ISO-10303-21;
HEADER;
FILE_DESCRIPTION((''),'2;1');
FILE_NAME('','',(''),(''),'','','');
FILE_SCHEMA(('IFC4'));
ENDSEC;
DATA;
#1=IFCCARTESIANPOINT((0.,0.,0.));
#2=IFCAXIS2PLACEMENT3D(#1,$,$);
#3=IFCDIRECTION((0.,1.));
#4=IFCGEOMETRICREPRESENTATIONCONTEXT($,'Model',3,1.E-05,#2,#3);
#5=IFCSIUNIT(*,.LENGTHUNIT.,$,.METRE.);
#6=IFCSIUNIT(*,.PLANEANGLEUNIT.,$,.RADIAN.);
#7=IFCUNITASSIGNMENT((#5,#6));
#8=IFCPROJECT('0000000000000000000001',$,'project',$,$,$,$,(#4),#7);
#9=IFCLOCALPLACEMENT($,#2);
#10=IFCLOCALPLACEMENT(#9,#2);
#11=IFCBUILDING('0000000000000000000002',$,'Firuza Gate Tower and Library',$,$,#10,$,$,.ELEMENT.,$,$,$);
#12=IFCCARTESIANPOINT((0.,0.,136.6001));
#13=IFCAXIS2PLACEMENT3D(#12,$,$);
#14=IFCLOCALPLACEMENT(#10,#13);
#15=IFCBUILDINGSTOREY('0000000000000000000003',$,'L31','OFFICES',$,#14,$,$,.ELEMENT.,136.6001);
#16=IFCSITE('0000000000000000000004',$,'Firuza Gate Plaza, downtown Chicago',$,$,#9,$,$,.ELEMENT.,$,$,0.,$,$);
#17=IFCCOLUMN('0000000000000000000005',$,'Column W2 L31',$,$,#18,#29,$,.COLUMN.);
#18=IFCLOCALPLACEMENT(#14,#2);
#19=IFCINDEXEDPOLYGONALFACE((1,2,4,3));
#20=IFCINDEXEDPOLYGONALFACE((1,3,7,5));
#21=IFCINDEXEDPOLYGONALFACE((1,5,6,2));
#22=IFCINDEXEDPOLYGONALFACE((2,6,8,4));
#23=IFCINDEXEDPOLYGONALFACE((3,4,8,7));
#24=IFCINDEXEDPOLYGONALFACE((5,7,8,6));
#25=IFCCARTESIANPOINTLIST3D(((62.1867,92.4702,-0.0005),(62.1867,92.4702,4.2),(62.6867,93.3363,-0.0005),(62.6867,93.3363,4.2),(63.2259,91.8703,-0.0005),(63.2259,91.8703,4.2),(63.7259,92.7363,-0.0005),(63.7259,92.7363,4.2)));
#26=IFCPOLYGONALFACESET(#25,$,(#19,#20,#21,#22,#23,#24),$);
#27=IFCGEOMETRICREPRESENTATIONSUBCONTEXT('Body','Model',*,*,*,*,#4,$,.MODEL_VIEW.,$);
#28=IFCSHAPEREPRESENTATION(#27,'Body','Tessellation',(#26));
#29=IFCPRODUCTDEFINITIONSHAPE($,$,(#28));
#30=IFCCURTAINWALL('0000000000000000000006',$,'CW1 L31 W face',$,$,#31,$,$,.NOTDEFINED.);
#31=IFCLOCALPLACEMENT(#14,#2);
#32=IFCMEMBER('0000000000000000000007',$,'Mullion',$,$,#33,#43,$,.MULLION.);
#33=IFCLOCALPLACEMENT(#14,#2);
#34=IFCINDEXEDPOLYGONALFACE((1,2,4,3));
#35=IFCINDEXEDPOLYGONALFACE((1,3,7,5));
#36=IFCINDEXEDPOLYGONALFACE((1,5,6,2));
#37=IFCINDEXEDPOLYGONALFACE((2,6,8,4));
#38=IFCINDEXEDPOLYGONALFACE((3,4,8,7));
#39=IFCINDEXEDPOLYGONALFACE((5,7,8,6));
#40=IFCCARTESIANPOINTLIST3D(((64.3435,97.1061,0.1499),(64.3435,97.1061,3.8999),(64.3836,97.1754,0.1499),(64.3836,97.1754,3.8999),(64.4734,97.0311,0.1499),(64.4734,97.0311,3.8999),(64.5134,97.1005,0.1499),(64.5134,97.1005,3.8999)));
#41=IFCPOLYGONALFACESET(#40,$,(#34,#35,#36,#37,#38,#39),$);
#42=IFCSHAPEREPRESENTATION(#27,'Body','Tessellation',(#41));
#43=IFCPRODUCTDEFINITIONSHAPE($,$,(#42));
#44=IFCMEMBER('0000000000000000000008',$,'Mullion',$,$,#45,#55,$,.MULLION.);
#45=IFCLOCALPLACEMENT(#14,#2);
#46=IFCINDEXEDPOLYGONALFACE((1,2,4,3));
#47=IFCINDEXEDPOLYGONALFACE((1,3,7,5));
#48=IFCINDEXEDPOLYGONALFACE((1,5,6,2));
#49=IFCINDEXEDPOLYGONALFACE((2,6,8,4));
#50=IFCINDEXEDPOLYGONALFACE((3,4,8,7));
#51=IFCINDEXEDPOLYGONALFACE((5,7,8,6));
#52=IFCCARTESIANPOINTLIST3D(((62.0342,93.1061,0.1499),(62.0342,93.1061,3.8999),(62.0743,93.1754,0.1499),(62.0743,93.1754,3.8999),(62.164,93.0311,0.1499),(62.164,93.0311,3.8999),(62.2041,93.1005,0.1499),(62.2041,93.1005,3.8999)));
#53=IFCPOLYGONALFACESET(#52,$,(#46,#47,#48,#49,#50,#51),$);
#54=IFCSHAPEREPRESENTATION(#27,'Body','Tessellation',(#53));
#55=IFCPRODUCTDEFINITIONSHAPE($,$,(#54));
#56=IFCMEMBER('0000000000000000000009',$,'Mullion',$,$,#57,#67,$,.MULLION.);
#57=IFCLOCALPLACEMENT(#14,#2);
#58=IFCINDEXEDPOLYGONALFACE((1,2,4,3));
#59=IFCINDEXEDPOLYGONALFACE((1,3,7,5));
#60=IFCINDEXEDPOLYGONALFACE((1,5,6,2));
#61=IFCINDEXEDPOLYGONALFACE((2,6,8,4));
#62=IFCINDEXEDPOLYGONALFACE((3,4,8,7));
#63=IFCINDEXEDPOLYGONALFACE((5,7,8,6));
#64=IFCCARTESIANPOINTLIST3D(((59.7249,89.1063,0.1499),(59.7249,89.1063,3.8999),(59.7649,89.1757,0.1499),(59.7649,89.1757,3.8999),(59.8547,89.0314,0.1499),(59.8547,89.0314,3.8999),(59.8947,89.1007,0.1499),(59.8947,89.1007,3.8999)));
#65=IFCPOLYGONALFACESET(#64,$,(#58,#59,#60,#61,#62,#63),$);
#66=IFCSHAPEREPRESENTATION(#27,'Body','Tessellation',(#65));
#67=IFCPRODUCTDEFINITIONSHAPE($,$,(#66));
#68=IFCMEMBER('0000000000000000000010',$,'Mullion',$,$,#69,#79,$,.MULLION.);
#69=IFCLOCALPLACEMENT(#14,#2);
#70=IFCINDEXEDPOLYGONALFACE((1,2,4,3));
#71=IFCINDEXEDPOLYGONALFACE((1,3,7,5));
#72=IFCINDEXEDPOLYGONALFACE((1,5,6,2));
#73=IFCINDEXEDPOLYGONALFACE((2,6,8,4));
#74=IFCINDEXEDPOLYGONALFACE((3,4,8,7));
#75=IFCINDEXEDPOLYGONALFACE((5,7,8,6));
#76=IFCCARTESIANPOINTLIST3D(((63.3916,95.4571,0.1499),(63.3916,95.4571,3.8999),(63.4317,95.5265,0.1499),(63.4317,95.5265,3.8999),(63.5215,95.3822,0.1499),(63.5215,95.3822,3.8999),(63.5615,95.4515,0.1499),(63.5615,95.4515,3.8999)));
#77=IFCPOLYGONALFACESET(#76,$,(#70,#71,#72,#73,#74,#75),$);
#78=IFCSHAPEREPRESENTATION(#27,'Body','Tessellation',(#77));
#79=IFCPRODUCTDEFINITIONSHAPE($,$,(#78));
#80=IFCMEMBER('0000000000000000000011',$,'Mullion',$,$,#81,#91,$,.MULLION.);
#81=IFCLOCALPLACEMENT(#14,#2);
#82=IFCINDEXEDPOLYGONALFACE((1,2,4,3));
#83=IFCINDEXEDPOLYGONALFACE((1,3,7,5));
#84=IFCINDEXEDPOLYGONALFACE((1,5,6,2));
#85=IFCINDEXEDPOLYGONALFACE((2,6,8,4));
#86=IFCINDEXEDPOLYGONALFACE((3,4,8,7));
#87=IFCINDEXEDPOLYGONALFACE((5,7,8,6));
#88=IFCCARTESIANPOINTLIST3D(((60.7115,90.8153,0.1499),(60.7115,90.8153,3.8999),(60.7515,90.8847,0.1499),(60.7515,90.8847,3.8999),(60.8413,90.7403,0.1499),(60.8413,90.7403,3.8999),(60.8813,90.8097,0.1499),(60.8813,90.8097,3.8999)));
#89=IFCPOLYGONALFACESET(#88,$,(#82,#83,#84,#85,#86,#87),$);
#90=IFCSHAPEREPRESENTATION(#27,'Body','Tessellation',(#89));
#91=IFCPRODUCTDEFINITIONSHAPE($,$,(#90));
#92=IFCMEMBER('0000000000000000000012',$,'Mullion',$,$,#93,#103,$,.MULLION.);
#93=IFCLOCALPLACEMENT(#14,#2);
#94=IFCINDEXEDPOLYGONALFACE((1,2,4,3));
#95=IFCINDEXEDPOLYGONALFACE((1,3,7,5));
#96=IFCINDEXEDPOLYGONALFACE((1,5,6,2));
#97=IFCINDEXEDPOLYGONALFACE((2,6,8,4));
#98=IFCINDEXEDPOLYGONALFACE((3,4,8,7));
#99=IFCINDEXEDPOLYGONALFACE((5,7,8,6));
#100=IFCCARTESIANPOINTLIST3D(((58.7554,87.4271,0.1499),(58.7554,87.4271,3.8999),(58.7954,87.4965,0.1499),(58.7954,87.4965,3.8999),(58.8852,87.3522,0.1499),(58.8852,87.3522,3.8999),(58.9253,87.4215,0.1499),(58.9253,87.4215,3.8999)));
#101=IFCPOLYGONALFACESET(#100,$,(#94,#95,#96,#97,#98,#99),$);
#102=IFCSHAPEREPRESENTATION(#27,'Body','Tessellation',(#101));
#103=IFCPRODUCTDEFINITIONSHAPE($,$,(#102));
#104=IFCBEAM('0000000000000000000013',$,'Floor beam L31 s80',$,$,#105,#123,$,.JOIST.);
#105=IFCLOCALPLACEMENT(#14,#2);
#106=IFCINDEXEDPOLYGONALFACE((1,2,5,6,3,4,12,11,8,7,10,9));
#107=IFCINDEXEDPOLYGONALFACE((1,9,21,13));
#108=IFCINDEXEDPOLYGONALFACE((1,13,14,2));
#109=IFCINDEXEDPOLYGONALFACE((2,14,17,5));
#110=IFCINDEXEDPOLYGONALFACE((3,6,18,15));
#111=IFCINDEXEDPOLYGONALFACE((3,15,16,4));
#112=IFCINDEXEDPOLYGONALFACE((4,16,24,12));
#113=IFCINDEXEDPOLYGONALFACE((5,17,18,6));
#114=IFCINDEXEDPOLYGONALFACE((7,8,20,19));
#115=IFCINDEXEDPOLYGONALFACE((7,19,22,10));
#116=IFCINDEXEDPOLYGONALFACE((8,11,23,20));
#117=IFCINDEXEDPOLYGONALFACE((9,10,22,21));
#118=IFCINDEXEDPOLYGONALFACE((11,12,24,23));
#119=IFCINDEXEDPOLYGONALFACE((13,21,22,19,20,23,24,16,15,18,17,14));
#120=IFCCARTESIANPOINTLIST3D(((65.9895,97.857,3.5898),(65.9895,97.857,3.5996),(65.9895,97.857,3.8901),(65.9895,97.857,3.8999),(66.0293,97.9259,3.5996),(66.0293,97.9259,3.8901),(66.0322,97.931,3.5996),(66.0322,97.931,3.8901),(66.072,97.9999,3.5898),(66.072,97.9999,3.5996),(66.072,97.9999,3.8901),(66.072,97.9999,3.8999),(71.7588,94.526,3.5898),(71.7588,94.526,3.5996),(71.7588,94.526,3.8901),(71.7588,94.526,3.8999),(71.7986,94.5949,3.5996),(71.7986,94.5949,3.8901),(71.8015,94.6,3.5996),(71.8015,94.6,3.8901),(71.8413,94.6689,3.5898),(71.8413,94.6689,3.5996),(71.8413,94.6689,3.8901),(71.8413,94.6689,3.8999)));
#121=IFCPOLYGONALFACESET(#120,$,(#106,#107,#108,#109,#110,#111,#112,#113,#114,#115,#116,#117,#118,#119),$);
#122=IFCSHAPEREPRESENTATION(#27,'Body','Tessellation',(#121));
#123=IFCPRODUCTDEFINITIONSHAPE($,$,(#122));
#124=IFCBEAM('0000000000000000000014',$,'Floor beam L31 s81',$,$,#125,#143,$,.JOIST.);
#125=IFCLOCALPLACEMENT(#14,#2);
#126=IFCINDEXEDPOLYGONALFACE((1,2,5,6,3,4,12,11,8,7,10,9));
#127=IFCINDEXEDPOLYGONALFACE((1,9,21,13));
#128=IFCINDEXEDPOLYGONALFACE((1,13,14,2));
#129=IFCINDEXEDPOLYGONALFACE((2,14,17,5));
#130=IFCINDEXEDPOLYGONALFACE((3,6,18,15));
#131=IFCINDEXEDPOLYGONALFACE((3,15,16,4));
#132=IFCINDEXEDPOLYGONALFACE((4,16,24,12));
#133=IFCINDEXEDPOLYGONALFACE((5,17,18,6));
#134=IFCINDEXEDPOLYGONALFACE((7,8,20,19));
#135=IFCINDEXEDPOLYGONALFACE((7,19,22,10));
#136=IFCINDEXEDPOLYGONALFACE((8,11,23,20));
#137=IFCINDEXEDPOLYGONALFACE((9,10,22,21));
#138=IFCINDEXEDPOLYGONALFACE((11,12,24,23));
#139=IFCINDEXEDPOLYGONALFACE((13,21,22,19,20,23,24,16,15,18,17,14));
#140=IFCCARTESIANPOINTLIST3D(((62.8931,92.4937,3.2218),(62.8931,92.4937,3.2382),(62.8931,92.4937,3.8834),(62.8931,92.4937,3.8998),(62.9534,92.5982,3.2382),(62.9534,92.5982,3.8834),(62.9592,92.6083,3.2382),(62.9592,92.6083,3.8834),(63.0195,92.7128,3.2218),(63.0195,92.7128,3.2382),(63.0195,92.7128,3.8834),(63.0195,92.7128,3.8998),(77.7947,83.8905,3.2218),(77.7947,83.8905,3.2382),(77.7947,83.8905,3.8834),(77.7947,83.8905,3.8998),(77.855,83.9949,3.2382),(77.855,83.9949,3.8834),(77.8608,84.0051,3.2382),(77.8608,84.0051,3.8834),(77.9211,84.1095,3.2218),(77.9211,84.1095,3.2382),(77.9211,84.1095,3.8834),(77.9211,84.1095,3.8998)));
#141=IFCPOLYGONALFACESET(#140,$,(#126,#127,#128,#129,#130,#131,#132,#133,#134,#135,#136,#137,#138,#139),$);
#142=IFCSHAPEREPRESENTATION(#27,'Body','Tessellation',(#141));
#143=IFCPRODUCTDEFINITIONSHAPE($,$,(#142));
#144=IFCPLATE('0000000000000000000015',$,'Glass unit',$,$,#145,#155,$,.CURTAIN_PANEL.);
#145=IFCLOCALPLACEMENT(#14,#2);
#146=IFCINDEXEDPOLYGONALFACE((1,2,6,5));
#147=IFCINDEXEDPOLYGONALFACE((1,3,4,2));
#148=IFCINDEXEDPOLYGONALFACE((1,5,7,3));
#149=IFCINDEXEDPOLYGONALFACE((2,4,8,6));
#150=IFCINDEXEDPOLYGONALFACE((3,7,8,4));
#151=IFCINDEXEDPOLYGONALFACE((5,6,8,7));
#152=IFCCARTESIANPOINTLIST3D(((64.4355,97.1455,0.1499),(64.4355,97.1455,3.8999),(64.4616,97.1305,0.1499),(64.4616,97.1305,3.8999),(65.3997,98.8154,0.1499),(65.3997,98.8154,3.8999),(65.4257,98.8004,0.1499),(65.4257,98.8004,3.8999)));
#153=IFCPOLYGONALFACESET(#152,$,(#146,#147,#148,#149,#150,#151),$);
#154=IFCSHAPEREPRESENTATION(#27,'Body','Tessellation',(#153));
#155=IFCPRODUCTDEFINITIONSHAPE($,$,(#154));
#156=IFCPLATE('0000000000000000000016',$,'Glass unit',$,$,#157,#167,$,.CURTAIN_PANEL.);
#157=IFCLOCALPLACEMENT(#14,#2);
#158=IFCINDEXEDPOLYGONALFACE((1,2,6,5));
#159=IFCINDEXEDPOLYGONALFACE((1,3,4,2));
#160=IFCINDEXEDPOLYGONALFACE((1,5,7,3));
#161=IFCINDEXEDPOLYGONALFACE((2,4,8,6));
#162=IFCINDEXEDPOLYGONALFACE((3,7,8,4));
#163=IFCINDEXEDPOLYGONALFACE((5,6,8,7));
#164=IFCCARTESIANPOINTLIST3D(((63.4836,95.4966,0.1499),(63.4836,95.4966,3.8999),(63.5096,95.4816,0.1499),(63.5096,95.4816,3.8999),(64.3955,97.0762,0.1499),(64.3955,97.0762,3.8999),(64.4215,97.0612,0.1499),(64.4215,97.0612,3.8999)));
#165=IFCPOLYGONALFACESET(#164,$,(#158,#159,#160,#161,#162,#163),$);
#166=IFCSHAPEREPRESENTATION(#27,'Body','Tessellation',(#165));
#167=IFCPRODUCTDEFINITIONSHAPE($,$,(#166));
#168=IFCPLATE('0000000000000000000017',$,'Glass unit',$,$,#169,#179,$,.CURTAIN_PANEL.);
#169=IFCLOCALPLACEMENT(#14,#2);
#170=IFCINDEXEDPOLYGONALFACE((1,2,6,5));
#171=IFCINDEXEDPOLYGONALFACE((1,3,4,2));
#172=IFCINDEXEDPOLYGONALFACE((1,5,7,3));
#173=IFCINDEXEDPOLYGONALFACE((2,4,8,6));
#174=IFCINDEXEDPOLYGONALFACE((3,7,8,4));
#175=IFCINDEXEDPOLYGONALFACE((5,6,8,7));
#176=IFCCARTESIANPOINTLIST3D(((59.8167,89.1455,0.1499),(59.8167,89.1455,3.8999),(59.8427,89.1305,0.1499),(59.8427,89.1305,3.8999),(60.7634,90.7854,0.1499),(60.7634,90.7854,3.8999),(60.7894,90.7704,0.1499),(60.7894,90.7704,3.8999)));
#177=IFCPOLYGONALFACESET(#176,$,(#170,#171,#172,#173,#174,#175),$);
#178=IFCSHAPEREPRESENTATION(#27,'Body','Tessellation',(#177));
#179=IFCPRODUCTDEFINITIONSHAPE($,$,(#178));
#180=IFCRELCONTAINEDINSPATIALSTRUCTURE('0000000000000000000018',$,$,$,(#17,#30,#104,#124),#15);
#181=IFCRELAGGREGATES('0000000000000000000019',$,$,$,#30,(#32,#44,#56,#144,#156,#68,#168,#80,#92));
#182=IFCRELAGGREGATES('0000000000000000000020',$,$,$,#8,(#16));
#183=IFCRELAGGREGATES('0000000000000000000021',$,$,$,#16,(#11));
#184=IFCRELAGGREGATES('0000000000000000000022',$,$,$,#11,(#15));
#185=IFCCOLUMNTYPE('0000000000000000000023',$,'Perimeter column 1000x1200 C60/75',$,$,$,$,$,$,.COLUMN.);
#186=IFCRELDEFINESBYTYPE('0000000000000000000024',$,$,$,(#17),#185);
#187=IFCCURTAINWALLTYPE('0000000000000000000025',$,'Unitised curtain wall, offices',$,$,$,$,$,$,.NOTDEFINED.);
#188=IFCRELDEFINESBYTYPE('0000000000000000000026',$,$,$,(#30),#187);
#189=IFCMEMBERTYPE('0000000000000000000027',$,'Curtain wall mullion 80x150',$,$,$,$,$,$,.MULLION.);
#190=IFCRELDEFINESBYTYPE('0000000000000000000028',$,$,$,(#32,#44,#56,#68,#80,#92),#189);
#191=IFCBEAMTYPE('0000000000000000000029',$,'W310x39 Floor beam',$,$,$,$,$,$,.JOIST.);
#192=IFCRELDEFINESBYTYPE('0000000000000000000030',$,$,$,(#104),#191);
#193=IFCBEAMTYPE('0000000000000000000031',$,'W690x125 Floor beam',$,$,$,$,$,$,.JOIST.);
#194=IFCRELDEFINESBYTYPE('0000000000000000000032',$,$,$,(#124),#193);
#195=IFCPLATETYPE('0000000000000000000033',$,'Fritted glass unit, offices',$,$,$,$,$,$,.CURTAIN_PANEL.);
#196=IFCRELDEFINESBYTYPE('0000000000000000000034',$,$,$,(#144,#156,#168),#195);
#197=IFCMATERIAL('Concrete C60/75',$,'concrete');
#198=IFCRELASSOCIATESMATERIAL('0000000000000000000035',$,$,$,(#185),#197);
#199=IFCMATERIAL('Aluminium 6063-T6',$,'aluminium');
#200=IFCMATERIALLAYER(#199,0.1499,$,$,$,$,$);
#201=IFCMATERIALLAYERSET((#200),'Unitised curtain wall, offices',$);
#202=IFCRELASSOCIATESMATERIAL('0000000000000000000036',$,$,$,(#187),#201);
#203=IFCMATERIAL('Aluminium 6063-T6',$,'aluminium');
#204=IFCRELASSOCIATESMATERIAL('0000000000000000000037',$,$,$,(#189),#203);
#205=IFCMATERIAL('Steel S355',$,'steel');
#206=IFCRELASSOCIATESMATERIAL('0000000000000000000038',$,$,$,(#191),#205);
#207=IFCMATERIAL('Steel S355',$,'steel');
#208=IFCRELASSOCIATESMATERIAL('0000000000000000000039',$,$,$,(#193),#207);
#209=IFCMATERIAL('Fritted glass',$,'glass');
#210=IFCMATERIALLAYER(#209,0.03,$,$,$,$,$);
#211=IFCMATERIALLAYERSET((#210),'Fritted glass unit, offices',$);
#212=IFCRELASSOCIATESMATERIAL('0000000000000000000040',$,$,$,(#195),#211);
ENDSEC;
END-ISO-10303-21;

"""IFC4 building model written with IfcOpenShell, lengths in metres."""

from ifc_helpers import new_model, si_unit, direction, frame, origin, origin_2d, place, context, subcontext, project, spatial, polyline, rectangle, i_section, outline, extrude, material, layer, layer_set, material_profile, profile_set, type_object, element, aggregate, save


model = new_model("IFC4")

# Units and contexts
model_context = context("Model", 3, precision=1e-05, world=origin(), true_north=direction((0.0, 1.0)))
body_context = subcontext(model_context, "Body", "Model", "MODEL_VIEW")
ifc_project = project(units=[si_unit("LENGTHUNIT", "METRE"), si_unit("PLANEANGLEUNIT", "RADIAN")], contexts=[model_context])

# Site, building, storey
site_placement = place(None, origin())
site = spatial("IfcSite", under=ifc_project, at=site_placement, Name="Firuza Gate Plaza, downtown Chicago", CompositionType="ELEMENT", RefElevation=0.0)
building_placement = place(site_placement, origin())
building = spatial("IfcBuilding", under=site, at=building_placement, Name="Firuza Gate Tower and Library", CompositionType="ELEMENT")
storey_placement = place(building_placement, frame((0.0, 0.0, 136.6001)))
storey = spatial("IfcBuildingStorey", under=building, at=storey_placement, Name="L31", Description="OFFICES", CompositionType="ELEMENT", Elevation=136.6001)

# Column
ifc_material_1 = material(Name="Concrete C60/75", Category="concrete")
ifc_material_profile_1 = material_profile(ifc_material_1, rectangle(XDim=1.0, YDim=1.2, at=origin_2d()))
ifc_profile_set_1 = profile_set([ifc_material_profile_1], Name="Concrete C60/75")
column_type = type_object("IfcColumnType", Name="Perimeter column 1000x1200 C60/75", PredefinedType="COLUMN", material=ifc_profile_set_1)
column_placement = place(storey_placement, frame((62.9563, 92.6033, -0.0005), z_axis=(0.0, 0.0, 1.0), x_axis=(-0.5, -0.866025, 0.0)))
element("IfcColumn", 1, at=column_placement, inside=storey, type_object=column_type, Name="Column W2 L31", PredefinedType="COLUMN", context=body_context, shape_type="SweptSolid", body=[
    extrude(rectangle(XDim=1.0, YDim=1.2, at=origin_2d()), origin(), (0.0, 0.0, 1.0), 4.2004),
])

# Curtain wall, members
ifc_material_2 = material(Name="Aluminium 6063-T6", Category="aluminium")
ifc_layer_1 = layer(ifc_material_2, 0.1499)
ifc_layer_set_1 = layer_set([ifc_layer_1], Name="Unitised curtain wall, offices")
curtain_wall_type = type_object("IfcCurtainWallType", Name="Unitised curtain wall, offices", PredefinedType="NOTDEFINED", material=ifc_layer_set_1)
placement = place(storey_placement, origin())
curtain_wall = element("IfcCurtainWall", 2, at=placement, inside=storey, type_object=curtain_wall_type, Name="CW1 L31 W face", PredefinedType="NOTDEFINED")
ifc_material_3 = material(Name="Aluminium 6063-T6", Category="aluminium")
ifc_material_profile_2 = material_profile(ifc_material_3, rectangle(XDim=0.1499, YDim=0.0801, at=origin_2d()))
ifc_profile_set_2 = profile_set([ifc_material_profile_2], Name="Aluminium 6063-T6")
member_type = type_object("IfcMemberType", Name="Curtain wall mullion 80x150", PredefinedType="MULLION", material=ifc_profile_set_2)
member_1_placement = place(storey_placement, frame((64.4285, 97.1033, 0.1499), z_axis=(0.0, 0.0, 1.0), x_axis=(0.866025, -0.5, 0.0)))
member_1 = element("IfcMember", 3, at=member_1_placement, type_object=member_type, Name="Mullion", PredefinedType="MULLION", context=body_context, shape_type="SweptSolid", body=[
    extrude(rectangle(XDim=0.1499, YDim=0.0801, at=origin_2d()), origin(), (0.0, 0.0, 1.0), 3.75),
])
member_2_placement = place(storey_placement, frame((62.1191, 93.1033, 0.1499), z_axis=(0.0, 0.0, 1.0), x_axis=(0.866025, -0.5, 0.0)))
member_2 = element("IfcMember", 4, at=member_2_placement, type_object=member_type, Name="Mullion", PredefinedType="MULLION", context=body_context, shape_type="SweptSolid", body=[
    extrude(rectangle(XDim=0.1499, YDim=0.0801, at=origin_2d()), origin(), (0.0, 0.0, 1.0), 3.75),
])
member_3_placement = place(storey_placement, frame((59.8098, 89.1035, 0.1499), z_axis=(0.0, 0.0, 1.0), x_axis=(0.866025, -0.5, 0.0)))
member_3 = element("IfcMember", 5, at=member_3_placement, type_object=member_type, Name="Mullion", PredefinedType="MULLION", context=body_context, shape_type="SweptSolid", body=[
    extrude(rectangle(XDim=0.1499, YDim=0.0801, at=origin_2d()), origin(), (0.0, 0.0, 1.0), 3.75),
])
member_4_placement = place(storey_placement, frame((63.4766, 95.4543, 0.1499), z_axis=(0.0, 0.0, 1.0), x_axis=(0.866025, -0.5, 0.0)))
member_4 = element("IfcMember", 6, at=member_4_placement, type_object=member_type, Name="Mullion", PredefinedType="MULLION", context=body_context, shape_type="SweptSolid", body=[
    extrude(rectangle(XDim=0.1499, YDim=0.0801, at=origin_2d()), origin(), (0.0, 0.0, 1.0), 3.75),
])
member_5_placement = place(storey_placement, frame((60.7964, 90.8125, 0.1499), z_axis=(0.0, 0.0, 1.0), x_axis=(0.866025, -0.5, 0.0)))
member_5 = element("IfcMember", 7, at=member_5_placement, type_object=member_type, Name="Mullion", PredefinedType="MULLION", context=body_context, shape_type="SweptSolid", body=[
    extrude(rectangle(XDim=0.1499, YDim=0.0801, at=origin_2d()), origin(), (0.0, 0.0, 1.0), 3.75),
])
member_6_placement = place(storey_placement, frame((58.8403, 87.4243, 0.1499), z_axis=(0.0, 0.0, 1.0), x_axis=(0.866025, -0.5, 0.0)))
member_6 = element("IfcMember", 8, at=member_6_placement, type_object=member_type, Name="Mullion", PredefinedType="MULLION", context=body_context, shape_type="SweptSolid", body=[
    extrude(rectangle(XDim=0.1499, YDim=0.0801, at=origin_2d()), origin(), (0.0, 0.0, 1.0), 3.75),
])

# Beams
ifc_material_4 = material(Name="Steel S355", Category="steel")
ifc_material_profile_3 = material_profile(ifc_material_4, i_section(OverallWidth=0.165, OverallDepth=0.3101, WebThickness=0.0059, FlangeThickness=0.0098, at=origin_2d()))
ifc_profile_set_3 = profile_set([ifc_material_profile_3], Name="Steel S355")
beam_type_1 = type_object("IfcBeamType", Name="W310x39 Floor beam", PredefinedType="JOIST", material=ifc_profile_set_3)
beam_1_placement = place(storey_placement, frame((66.0308, 97.9285, 3.7449), z_axis=(0.866015, -0.500017, 0.0), x_axis=(0.500017, 0.866015, 0.0)))
element("IfcBeam", 9, at=beam_1_placement, inside=storey, type_object=beam_type_1, Name="Floor beam L31 s80", PredefinedType="JOIST", context=body_context, shape_type="SweptSolid", body=[
    extrude(i_section(OverallWidth=0.165, OverallDepth=0.3101, WebThickness=0.0059, FlangeThickness=0.0098, at=origin_2d()), origin(), (0.0, 0.0, 1.0), 6.6619),
])
ifc_material_5 = material(Name="Steel S355", Category="steel")
ifc_material_profile_4 = material_profile(ifc_material_5, i_section(OverallWidth=0.2529, OverallDepth=0.678, WebThickness=0.0117, FlangeThickness=0.0164, at=origin_2d()))
ifc_profile_set_4 = profile_set([ifc_material_profile_4], Name="Steel S355")
beam_type_2 = type_object("IfcBeamType", Name="W690x125 Floor beam", PredefinedType="JOIST", material=ifc_profile_set_4)
beam_2_placement = place(storey_placement, frame((62.9563, 92.6033, 3.5608), z_axis=(0.86603, -0.499992, 0.0), x_axis=(0.499992, 0.86603, 0.0)))
element("IfcBeam", 10, at=beam_2_placement, inside=storey, type_object=beam_type_2, Name="Floor beam L31 s81", PredefinedType="JOIST", context=body_context, shape_type="SweptSolid", body=[
    extrude(i_section(OverallWidth=0.2529, OverallDepth=0.678, WebThickness=0.0117, FlangeThickness=0.0164, at=origin_2d()), origin(), (0.0, 0.0, 1.0), 17.2068),
])

# Plates
ifc_material_6 = material(Name="Fritted glass", Category="glass")
ifc_layer_2 = layer(ifc_material_6, 0.03)
ifc_layer_set_2 = layer_set([ifc_layer_2], Name="Fritted glass unit, offices")
plate_type_1 = type_object("IfcPlateType", Name="Fritted glass unit, offices", PredefinedType="CURTAIN_PANEL", material=ifc_layer_set_2)
plate_1_placement = place(storey_placement, frame((65.3997, 98.8154, 0.1499), z_axis=(-0.86603, 0.499993, 0.0), x_axis=(-0.499993, -0.86603, 0.0)))
plate_1 = element("IfcPlate", 11, at=plate_1_placement, type_object=plate_type_1, Name="Glass unit", PredefinedType="CURTAIN_PANEL", context=body_context, shape_type="SweptSolid", body=[
    extrude(outline(polyline([(0.0, 0.0), (1.9283, 0.0), (1.9283, 3.75), (0.0, 3.75), (0.0, 0.0)])), origin(), (0.0, 0.0, -1.0), 0.03),
])
plate_2_placement = place(storey_placement, frame((64.3955, 97.0762, 0.1499), z_axis=(-0.866052, 0.499954, 0.0), x_axis=(-0.499954, -0.866052, 0.0)))
plate_2 = element("IfcPlate", 12, at=plate_2_placement, type_object=plate_type_1, Name="Glass unit", PredefinedType="CURTAIN_PANEL", context=body_context, shape_type="SweptSolid", body=[
    extrude(outline(polyline([(0.0, 0.0), (1.8239, 0.0), (1.8239, 3.75), (0.0, 3.75), (0.0, 0.0)])), origin(), (0.0, 0.0, -1.0), 0.03),
])
plate_3_placement = place(storey_placement, frame((60.7634, 90.7854, 0.1499), z_axis=(-0.866029, 0.499994, 0.0), x_axis=(-0.499994, -0.866029, 0.0)))
plate_3 = element("IfcPlate", 13, at=plate_3_placement, type_object=plate_type_1, Name="Glass unit", PredefinedType="CURTAIN_PANEL", context=body_context, shape_type="SweptSolid", body=[
    extrude(outline(polyline([(0.0, 0.0), (1.8936, 0.0), (1.8936, 3.75), (0.0, 3.75), (0.0, 0.0)])), origin(), (0.0, 0.0, -1.0), 0.03),
])
aggregate(curtain_wall, [member_1, member_2, member_3, plate_1, plate_2, member_4, plate_3, member_5, member_6])

save(model, "model.ifc")
